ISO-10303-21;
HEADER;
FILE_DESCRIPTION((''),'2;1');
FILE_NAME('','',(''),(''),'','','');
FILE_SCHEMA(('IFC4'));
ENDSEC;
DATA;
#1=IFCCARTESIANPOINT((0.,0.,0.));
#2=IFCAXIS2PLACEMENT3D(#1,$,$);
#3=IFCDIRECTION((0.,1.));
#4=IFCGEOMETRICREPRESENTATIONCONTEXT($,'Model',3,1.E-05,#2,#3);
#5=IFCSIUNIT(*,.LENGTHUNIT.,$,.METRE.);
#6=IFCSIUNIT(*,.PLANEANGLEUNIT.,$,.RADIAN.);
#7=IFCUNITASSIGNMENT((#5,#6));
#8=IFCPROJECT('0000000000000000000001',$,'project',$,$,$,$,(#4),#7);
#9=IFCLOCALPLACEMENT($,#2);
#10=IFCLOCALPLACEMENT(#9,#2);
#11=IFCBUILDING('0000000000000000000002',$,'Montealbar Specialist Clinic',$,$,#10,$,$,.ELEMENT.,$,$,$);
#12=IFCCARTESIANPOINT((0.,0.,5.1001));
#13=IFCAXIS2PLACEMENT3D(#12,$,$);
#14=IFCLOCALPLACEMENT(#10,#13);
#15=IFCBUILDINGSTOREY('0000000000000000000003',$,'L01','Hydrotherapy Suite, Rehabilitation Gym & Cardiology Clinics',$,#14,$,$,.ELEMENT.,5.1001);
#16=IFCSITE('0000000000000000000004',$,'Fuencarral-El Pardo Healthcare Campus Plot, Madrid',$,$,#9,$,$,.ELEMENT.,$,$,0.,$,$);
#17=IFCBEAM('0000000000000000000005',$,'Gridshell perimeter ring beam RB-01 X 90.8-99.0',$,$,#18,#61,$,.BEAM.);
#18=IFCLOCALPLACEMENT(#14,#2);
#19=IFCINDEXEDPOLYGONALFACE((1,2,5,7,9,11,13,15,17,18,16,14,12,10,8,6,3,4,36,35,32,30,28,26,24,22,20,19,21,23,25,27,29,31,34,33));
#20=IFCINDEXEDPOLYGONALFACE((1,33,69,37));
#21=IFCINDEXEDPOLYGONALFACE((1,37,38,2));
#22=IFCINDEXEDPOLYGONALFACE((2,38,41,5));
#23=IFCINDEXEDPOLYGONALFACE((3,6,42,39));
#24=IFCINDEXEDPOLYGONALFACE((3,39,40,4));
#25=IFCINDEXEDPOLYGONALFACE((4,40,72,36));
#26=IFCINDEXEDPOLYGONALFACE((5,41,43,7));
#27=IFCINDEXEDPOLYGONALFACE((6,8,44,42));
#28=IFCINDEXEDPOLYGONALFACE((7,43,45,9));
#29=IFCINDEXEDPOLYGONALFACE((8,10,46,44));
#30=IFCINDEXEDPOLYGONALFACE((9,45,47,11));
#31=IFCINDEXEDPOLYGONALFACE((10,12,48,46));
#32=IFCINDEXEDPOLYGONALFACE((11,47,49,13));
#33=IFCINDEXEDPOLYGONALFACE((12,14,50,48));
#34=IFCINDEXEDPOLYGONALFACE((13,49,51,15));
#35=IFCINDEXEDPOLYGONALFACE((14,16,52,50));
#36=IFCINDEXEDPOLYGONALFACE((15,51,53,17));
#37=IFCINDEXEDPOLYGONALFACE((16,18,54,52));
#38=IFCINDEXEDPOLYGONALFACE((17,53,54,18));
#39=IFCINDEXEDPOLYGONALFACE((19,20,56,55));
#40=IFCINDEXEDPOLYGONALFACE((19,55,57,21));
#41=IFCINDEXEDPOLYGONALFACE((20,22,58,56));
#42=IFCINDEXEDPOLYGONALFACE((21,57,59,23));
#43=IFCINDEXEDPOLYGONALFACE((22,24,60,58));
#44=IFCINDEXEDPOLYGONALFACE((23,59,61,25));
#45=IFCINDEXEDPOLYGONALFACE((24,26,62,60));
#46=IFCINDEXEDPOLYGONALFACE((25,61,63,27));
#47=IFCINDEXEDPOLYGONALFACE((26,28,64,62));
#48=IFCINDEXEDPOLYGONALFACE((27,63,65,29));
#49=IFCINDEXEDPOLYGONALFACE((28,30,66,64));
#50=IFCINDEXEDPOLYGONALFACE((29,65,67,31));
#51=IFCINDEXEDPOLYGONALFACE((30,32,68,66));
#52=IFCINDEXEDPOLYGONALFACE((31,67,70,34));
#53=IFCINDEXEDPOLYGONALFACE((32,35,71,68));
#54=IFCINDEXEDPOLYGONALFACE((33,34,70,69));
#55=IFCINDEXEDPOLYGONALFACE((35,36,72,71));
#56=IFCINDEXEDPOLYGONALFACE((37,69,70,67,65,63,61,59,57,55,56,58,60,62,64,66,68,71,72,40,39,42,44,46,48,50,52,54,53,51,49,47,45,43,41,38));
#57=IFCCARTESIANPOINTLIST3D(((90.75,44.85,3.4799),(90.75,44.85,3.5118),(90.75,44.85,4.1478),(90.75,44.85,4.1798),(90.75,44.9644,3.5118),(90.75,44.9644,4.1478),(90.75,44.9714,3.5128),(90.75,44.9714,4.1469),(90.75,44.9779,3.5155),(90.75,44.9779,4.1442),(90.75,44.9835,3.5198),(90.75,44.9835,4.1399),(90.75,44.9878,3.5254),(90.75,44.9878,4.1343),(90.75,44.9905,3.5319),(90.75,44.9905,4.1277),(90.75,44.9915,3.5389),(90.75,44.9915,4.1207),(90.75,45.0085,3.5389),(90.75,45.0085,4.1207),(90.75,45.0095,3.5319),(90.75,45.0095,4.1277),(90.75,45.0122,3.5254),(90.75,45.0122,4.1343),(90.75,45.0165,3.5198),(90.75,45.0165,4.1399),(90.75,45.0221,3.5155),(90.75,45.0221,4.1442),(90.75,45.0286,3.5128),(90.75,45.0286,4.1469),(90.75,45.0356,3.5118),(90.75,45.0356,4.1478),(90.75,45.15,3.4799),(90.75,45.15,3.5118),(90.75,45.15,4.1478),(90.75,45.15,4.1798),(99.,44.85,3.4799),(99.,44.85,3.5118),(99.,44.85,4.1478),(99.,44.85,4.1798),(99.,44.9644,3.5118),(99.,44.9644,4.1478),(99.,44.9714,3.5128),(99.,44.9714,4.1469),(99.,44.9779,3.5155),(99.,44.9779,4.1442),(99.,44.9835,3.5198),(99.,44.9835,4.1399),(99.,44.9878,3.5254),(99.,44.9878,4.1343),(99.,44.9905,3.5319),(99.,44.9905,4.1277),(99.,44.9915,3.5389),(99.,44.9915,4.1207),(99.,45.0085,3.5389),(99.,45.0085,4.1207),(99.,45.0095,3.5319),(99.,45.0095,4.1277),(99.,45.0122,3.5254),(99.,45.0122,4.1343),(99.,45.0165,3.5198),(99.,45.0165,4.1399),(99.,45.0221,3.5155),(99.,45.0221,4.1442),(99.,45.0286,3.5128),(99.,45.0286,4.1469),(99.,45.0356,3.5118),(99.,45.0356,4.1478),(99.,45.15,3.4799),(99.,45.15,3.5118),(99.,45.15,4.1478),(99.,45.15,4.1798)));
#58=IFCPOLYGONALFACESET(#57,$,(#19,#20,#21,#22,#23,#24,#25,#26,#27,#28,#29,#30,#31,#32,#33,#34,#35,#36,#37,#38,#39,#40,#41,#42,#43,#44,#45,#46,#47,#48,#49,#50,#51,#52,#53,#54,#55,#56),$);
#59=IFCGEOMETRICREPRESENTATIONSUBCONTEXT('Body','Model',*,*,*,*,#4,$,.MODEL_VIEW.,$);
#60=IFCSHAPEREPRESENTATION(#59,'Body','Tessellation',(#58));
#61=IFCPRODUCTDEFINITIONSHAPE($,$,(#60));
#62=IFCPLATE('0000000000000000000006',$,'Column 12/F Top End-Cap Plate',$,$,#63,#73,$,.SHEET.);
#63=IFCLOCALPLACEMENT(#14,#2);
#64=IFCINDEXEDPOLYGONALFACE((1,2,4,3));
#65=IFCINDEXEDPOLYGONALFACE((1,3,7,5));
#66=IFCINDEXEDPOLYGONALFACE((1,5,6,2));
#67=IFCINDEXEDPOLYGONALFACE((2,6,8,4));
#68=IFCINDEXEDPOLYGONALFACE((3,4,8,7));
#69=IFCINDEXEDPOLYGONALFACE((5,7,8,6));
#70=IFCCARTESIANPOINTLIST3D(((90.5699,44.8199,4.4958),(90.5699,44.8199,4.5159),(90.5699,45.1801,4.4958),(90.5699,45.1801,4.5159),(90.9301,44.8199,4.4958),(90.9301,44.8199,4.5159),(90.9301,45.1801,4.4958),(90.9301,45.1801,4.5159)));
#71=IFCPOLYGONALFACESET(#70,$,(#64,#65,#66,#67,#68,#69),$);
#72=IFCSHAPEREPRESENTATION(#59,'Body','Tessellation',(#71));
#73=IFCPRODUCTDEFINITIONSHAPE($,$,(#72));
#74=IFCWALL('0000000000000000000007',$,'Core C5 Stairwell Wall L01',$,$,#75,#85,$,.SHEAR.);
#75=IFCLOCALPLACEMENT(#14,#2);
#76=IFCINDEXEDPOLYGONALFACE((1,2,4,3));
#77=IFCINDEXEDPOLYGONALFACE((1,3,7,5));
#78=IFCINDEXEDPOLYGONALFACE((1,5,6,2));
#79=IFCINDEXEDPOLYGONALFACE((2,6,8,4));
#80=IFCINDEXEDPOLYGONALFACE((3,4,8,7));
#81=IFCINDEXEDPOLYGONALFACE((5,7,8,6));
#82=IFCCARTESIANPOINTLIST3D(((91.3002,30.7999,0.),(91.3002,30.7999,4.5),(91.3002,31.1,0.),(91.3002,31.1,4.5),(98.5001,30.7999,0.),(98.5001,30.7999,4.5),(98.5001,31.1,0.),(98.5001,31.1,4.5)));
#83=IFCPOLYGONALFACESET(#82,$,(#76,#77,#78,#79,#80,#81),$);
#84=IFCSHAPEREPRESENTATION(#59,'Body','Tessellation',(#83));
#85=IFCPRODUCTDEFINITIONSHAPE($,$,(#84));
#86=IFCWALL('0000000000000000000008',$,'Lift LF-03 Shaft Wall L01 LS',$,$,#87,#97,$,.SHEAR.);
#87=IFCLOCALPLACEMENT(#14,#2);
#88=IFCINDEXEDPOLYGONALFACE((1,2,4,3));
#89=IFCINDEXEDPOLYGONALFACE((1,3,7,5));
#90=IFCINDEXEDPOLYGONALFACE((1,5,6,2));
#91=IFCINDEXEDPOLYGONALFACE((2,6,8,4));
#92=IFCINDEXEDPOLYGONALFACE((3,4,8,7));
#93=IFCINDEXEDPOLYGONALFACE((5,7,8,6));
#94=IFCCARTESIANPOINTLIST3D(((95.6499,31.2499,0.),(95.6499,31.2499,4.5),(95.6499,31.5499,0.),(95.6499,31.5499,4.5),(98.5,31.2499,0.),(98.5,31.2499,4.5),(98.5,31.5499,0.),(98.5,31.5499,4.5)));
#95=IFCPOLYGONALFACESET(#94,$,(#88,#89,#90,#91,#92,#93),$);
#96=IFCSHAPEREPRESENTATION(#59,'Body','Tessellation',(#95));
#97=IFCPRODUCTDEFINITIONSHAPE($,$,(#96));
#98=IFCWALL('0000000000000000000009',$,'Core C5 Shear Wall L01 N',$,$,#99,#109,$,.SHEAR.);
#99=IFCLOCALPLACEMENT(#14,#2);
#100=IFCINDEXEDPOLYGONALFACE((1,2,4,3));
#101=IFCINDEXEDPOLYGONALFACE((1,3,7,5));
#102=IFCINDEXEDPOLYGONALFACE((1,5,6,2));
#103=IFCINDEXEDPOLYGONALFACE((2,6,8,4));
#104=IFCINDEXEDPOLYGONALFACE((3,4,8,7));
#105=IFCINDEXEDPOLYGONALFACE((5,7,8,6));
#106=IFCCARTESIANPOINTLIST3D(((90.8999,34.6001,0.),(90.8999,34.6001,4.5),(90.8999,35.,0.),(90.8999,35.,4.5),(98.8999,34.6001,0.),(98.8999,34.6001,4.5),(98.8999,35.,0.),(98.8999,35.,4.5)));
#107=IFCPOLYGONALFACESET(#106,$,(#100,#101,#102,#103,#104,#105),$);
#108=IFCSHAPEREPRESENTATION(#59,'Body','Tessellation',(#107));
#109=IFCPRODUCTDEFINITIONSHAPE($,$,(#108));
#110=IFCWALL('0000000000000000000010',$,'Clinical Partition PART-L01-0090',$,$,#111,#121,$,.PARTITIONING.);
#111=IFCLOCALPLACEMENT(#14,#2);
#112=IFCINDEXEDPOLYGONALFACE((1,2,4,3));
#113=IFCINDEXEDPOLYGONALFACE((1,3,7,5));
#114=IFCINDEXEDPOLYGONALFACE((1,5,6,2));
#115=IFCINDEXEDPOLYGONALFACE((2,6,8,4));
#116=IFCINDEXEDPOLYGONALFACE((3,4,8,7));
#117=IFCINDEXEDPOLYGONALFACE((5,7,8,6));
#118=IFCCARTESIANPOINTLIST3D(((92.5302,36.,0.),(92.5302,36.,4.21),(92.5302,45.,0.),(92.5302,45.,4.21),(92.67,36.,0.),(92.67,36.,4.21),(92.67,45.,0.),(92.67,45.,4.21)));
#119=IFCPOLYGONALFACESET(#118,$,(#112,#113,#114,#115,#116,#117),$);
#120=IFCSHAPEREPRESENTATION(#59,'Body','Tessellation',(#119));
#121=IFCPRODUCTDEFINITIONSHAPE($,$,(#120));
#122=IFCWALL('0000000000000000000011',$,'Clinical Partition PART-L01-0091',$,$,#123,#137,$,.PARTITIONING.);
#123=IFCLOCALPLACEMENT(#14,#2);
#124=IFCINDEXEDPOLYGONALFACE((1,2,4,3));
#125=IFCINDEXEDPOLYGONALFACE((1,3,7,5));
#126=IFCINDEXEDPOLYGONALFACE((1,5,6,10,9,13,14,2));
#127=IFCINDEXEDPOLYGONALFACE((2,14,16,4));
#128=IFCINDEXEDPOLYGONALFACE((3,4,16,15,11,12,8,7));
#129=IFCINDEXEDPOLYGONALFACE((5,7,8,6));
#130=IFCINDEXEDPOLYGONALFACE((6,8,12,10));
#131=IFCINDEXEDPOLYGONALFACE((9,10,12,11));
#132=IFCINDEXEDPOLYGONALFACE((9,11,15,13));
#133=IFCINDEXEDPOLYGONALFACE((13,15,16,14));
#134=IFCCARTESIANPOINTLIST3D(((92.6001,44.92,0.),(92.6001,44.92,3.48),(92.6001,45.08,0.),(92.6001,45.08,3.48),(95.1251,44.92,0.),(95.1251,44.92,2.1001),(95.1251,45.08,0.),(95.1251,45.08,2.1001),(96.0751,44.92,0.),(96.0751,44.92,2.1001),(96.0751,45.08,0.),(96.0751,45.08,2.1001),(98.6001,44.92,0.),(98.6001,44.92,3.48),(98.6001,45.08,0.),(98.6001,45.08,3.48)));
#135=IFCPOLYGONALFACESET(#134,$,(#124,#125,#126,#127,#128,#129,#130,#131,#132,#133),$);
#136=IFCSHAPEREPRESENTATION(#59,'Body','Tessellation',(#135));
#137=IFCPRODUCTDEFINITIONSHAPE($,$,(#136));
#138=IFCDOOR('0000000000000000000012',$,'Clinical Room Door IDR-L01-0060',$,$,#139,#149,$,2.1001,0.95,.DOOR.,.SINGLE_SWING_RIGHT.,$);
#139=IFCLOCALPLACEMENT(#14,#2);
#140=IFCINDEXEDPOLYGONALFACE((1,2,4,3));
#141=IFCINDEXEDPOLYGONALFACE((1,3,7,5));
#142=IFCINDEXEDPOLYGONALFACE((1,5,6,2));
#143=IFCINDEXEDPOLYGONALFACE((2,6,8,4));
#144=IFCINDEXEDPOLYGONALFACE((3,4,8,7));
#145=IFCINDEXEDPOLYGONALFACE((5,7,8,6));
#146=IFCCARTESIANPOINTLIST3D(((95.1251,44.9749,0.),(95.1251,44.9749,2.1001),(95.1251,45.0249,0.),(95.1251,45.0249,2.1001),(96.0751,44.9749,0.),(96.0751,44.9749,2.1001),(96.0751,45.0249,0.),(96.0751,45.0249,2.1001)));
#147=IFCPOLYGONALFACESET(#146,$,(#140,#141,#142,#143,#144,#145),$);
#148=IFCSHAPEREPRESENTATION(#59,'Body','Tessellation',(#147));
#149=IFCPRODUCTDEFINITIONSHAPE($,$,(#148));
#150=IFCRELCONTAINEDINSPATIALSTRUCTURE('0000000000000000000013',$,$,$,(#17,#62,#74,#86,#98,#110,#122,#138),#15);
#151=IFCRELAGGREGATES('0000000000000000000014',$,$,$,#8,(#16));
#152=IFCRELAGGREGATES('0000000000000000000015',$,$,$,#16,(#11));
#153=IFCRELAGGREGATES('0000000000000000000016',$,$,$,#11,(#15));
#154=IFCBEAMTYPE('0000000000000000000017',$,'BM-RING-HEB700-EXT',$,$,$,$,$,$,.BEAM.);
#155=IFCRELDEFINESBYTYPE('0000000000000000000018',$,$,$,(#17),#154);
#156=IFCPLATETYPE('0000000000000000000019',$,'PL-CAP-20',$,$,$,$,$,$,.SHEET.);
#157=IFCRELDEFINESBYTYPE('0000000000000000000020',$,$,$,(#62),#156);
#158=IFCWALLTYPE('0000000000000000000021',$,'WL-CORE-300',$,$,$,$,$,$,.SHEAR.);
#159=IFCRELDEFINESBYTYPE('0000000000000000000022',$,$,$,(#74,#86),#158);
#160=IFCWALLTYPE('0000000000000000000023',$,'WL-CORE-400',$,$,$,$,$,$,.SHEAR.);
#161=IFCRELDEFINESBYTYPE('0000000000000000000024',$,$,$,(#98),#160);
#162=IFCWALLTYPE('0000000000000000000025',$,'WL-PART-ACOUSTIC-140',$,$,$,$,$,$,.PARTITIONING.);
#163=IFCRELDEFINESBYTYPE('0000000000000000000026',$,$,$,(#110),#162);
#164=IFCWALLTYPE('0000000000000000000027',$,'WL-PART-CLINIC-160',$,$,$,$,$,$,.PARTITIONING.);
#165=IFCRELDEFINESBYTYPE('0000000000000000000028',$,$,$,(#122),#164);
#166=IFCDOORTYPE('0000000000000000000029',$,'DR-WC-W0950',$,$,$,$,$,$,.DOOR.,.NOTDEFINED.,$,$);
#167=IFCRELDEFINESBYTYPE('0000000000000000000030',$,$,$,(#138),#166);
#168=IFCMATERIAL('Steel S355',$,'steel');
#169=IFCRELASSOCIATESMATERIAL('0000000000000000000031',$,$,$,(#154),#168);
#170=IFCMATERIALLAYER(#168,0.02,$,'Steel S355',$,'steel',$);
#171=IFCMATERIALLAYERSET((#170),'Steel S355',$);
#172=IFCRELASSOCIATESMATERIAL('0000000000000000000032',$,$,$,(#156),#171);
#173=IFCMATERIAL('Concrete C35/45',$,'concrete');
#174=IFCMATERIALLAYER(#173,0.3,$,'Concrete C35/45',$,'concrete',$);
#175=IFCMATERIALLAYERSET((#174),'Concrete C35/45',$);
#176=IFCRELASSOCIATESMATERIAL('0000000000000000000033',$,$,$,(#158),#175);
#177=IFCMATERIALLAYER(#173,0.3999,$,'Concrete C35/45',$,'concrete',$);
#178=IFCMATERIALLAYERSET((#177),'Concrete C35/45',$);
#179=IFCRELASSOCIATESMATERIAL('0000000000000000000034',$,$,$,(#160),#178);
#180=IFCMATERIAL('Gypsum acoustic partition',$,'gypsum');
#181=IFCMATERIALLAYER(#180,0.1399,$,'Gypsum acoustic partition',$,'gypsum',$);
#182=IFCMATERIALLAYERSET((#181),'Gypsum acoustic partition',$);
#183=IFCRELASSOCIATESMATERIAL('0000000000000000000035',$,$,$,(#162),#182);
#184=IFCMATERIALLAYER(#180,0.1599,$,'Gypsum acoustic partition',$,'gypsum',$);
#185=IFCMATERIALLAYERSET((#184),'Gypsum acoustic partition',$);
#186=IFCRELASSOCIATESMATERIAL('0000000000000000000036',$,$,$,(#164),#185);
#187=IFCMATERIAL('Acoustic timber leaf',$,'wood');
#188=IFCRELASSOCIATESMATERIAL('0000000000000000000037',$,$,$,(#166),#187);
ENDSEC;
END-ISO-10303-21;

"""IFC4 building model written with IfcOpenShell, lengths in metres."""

from ifc_helpers import new_model, si_unit, direction, frame, frame_2d, origin, origin_2d, place, context, subcontext, project, spatial, rectangle, i_section, extrude, material, layer, layer_set, material_profile, profile_set, type_object, element, fill, save


model = new_model("IFC4")

# Units and contexts
model_context = context("Model", 3, precision=1e-05, world=origin(), true_north=direction((0.0, 1.0)))
body_context = subcontext(model_context, "Body", "Model", "MODEL_VIEW")
ifc_project = project(units=[si_unit("LENGTHUNIT", "METRE"), si_unit("PLANEANGLEUNIT", "RADIAN")], contexts=[model_context])

# Site, building, storey
site_placement = place(None, origin())
site = spatial("IfcSite", under=ifc_project, at=site_placement, Name="Fuencarral-El Pardo Healthcare Campus Plot, Madrid", CompositionType="ELEMENT", RefElevation=0.0)
building_placement = place(site_placement, origin())
building = spatial("IfcBuilding", under=site, at=building_placement, Name="Montealbar Specialist Clinic", CompositionType="ELEMENT")
storey_placement = place(building_placement, frame((0.0, 0.0, 5.1001)))
storey = spatial("IfcBuildingStorey", under=building, at=storey_placement, Name="L01", Description="Hydrotherapy Suite, Rehabilitation Gym & Cardiology Clinics", CompositionType="ELEMENT", Elevation=5.1001)

# Shared definitions
ifc_material_1 = material(Name="Steel S355", Category="steel")

# Beam
ifc_material_profile_1 = material_profile(ifc_material_1, i_section(OverallWidth=0.3, OverallDepth=0.7, WebThickness=0.0171, FlangeThickness=0.032, FilletRadius=0.0271, at=origin_2d()), Name="HEB 700", Category="steel")
ifc_profile_set_1 = profile_set([ifc_material_profile_1], Name="Steel S355")
beam_type_1 = type_object("IfcBeamType", Name="BM-RING-HEB700-EXT", PredefinedType="BEAM", material=ifc_profile_set_1)
beam_1_placement = place(storey_placement, frame((90.75, 45.0, 3.8298), z_axis=(1.0, 0.0, 0.0), x_axis=(0.0, 1.0, 0.0)))
element("IfcBeam", 1, at=beam_1_placement, inside=storey, type_object=beam_type_1, Name="Gridshell perimeter ring beam RB-01 X 90.8-99.0", PredefinedType="BEAM", context=body_context, shape_type="SweptSolid", body=[
    extrude(i_section(OverallWidth=0.3, OverallDepth=0.7, WebThickness=0.0171, FlangeThickness=0.032, FilletRadius=0.0271, at=origin_2d()), origin(), (0.0, 0.0, 1.0), 8.25),
])

# Plate
ifc_layer_1 = layer(ifc_material_1, 0.02, Name="Steel S355", Category="steel")
ifc_layer_set_1 = layer_set([ifc_layer_1], Name="Steel S355")
plate_type = type_object("IfcPlateType", Name="PL-CAP-20", PredefinedType="SHEET", material=ifc_layer_set_1)
plate_placement = place(storey_placement, frame((90.75, 45.0, 4.4958), z_axis=(0.0, 0.0, 1.0), x_axis=(1.0, 0.0, 0.0)))
element("IfcPlate", 2, at=plate_placement, inside=storey, type_object=plate_type, Name="Column 12/F Top End-Cap Plate", PredefinedType="SHEET", context=body_context, shape_type="SweptSolid", body=[
    extrude(rectangle(XDim=0.3601, YDim=0.3601, at=origin_2d()), origin(), (0.0, 0.0, 1.0), 0.02),
])

# Walls
ifc_material_2 = material(Name="Concrete C35/45", Category="concrete")
ifc_layer_2 = layer(ifc_material_2, 0.3, Name="Concrete C35/45", Category="concrete")
ifc_layer_set_2 = layer_set([ifc_layer_2], Name="Concrete C35/45")
wall_type_1 = type_object("IfcWallType", Name="WL-CORE-300", PredefinedType="SHEAR", material=ifc_layer_set_2)
wall_1_placement = place(storey_placement, frame((91.3, 30.95, 0.0), z_axis=(0.0, 0.0, 1.0), x_axis=(1.0, 0.0, 0.0)))
element("IfcWall", 3, at=wall_1_placement, inside=storey, type_object=wall_type_1, Name="Core C5 Stairwell Wall L01", PredefinedType="SHEAR", context=body_context, shape_type="SweptSolid", body=[
    extrude(rectangle(XDim=7.2, YDim=0.3, at=frame_2d((3.6001, 0.0))), origin(), (0.0, 0.0, 1.0), 4.5),
])
wall_2_placement = place(storey_placement, frame((95.6499, 31.3999, 0.0), z_axis=(0.0, 0.0, 1.0), x_axis=(1.0, 0.0, 0.0)))
element("IfcWall", 4, at=wall_2_placement, inside=storey, type_object=wall_type_1, Name="Lift LF-03 Shaft Wall L01 LS", PredefinedType="SHEAR", context=body_context, shape_type="SweptSolid", body=[
    extrude(rectangle(XDim=2.8501, YDim=0.3, at=frame_2d((1.425, 0.0))), origin(), (0.0, 0.0, 1.0), 4.5),
])

# Walls
ifc_layer_3 = layer(ifc_material_2, 0.3999, Name="Concrete C35/45", Category="concrete")
ifc_layer_set_3 = layer_set([ifc_layer_3], Name="Concrete C35/45")
wall_type_2 = type_object("IfcWallType", Name="WL-CORE-400", PredefinedType="SHEAR", material=ifc_layer_set_3)
wall_3_placement = place(storey_placement, frame((90.8999, 34.8, 0.0), z_axis=(0.0, 0.0, 1.0), x_axis=(1.0, 0.0, 0.0)))
element("IfcWall", 5, at=wall_3_placement, inside=storey, type_object=wall_type_2, Name="Core C5 Shear Wall L01 N", PredefinedType="SHEAR", context=body_context, shape_type="SweptSolid", body=[
    extrude(rectangle(XDim=8.0, YDim=0.3999, at=frame_2d((4.0, 0.0))), origin(), (0.0, 0.0, 1.0), 4.5),
])
ifc_material_3 = material(Name="Gypsum acoustic partition", Category="gypsum")
ifc_layer_4 = layer(ifc_material_3, 0.1399, Name="Gypsum acoustic partition", Category="gypsum")
ifc_layer_set_4 = layer_set([ifc_layer_4], Name="Gypsum acoustic partition")
wall_type_3 = type_object("IfcWallType", Name="WL-PART-ACOUSTIC-140", PredefinedType="PARTITIONING", material=ifc_layer_set_4)
wall_4_placement = place(storey_placement, frame((92.6001, 36.0, 0.0), z_axis=(0.0, 0.0, 1.0), x_axis=(0.0, 1.0, 0.0)))
element("IfcWall", 6, at=wall_4_placement, inside=storey, type_object=wall_type_3, Name="Clinical Partition PART-L01-0090", PredefinedType="PARTITIONING", context=body_context, shape_type="SweptSolid", body=[
    extrude(rectangle(XDim=9.0, YDim=0.1399, at=frame_2d((4.5, 0.0))), origin(), (0.0, 0.0, 1.0), 4.21),
])

# Wall, opening, door
ifc_layer_5 = layer(ifc_material_3, 0.1599, Name="Gypsum acoustic partition", Category="gypsum")
ifc_layer_set_5 = layer_set([ifc_layer_5], Name="Gypsum acoustic partition")
wall_type_4 = type_object("IfcWallType", Name="WL-PART-CLINIC-160", PredefinedType="PARTITIONING", material=ifc_layer_set_5)
wall_5_placement = place(storey_placement, frame((92.6001, 45.0, 0.0), z_axis=(0.0, 0.0, 1.0), x_axis=(1.0, 0.0, 0.0)))
wall_5 = element("IfcWall", 7, at=wall_5_placement, inside=storey, type_object=wall_type_4, Name="Clinical Partition PART-L01-0091", PredefinedType="PARTITIONING", context=body_context, shape_type="SweptSolid", body=[
    extrude(rectangle(XDim=6.0, YDim=0.1599, at=frame_2d((3.0, 0.0))), origin(), (0.0, 0.0, 1.0), 3.48),
])
opening_1_placement = place(wall_5_placement, frame((2.5249, 0.0, 0.0)))
opening_1 = element("IfcOpeningElement", 8, at=opening_1_placement, cuts=wall_5, PredefinedType="OPENING", context=body_context, shape_type="SweptSolid", body=[
    extrude(rectangle(XDim=0.95, YDim=2.1001, at=frame_2d((0.4751, 1.05))), frame((0.0, 0.0898, 0.0), z_axis=(0.0, -1.0, 0.0), x_axis=(1.0, 0.0, 0.0)), (0.0, 0.0, 1.0), 0.1799),
])
ifc_material_4 = material(Name="Acoustic timber leaf", Category="wood")
door_type_1 = type_object("IfcDoorType", Name="DR-WC-W0950", OperationType="NOTDEFINED", PredefinedType="DOOR", material=ifc_material_4)
door_1_placement = place(opening_1_placement, origin())
door_1 = element("IfcDoor", 9, at=door_1_placement, inside=storey, type_object=door_type_1, Name="Clinical Room Door IDR-L01-0060", OperationType="SINGLE_SWING_RIGHT", OverallHeight=2.1001, OverallWidth=0.95, PredefinedType="DOOR", context=body_context, shape_type="SweptSolid", body=[
    extrude(rectangle(XDim=0.95, YDim=2.1001, at=frame_2d((0.4751, 1.05))), frame((0.0, 0.0249, 0.0), z_axis=(0.0, -1.0, 0.0), x_axis=(1.0, 0.0, 0.0)), (0.0, 0.0, 1.0), 0.05),
])
fill(opening_1, door_1)

save(model, "model.ifc")
